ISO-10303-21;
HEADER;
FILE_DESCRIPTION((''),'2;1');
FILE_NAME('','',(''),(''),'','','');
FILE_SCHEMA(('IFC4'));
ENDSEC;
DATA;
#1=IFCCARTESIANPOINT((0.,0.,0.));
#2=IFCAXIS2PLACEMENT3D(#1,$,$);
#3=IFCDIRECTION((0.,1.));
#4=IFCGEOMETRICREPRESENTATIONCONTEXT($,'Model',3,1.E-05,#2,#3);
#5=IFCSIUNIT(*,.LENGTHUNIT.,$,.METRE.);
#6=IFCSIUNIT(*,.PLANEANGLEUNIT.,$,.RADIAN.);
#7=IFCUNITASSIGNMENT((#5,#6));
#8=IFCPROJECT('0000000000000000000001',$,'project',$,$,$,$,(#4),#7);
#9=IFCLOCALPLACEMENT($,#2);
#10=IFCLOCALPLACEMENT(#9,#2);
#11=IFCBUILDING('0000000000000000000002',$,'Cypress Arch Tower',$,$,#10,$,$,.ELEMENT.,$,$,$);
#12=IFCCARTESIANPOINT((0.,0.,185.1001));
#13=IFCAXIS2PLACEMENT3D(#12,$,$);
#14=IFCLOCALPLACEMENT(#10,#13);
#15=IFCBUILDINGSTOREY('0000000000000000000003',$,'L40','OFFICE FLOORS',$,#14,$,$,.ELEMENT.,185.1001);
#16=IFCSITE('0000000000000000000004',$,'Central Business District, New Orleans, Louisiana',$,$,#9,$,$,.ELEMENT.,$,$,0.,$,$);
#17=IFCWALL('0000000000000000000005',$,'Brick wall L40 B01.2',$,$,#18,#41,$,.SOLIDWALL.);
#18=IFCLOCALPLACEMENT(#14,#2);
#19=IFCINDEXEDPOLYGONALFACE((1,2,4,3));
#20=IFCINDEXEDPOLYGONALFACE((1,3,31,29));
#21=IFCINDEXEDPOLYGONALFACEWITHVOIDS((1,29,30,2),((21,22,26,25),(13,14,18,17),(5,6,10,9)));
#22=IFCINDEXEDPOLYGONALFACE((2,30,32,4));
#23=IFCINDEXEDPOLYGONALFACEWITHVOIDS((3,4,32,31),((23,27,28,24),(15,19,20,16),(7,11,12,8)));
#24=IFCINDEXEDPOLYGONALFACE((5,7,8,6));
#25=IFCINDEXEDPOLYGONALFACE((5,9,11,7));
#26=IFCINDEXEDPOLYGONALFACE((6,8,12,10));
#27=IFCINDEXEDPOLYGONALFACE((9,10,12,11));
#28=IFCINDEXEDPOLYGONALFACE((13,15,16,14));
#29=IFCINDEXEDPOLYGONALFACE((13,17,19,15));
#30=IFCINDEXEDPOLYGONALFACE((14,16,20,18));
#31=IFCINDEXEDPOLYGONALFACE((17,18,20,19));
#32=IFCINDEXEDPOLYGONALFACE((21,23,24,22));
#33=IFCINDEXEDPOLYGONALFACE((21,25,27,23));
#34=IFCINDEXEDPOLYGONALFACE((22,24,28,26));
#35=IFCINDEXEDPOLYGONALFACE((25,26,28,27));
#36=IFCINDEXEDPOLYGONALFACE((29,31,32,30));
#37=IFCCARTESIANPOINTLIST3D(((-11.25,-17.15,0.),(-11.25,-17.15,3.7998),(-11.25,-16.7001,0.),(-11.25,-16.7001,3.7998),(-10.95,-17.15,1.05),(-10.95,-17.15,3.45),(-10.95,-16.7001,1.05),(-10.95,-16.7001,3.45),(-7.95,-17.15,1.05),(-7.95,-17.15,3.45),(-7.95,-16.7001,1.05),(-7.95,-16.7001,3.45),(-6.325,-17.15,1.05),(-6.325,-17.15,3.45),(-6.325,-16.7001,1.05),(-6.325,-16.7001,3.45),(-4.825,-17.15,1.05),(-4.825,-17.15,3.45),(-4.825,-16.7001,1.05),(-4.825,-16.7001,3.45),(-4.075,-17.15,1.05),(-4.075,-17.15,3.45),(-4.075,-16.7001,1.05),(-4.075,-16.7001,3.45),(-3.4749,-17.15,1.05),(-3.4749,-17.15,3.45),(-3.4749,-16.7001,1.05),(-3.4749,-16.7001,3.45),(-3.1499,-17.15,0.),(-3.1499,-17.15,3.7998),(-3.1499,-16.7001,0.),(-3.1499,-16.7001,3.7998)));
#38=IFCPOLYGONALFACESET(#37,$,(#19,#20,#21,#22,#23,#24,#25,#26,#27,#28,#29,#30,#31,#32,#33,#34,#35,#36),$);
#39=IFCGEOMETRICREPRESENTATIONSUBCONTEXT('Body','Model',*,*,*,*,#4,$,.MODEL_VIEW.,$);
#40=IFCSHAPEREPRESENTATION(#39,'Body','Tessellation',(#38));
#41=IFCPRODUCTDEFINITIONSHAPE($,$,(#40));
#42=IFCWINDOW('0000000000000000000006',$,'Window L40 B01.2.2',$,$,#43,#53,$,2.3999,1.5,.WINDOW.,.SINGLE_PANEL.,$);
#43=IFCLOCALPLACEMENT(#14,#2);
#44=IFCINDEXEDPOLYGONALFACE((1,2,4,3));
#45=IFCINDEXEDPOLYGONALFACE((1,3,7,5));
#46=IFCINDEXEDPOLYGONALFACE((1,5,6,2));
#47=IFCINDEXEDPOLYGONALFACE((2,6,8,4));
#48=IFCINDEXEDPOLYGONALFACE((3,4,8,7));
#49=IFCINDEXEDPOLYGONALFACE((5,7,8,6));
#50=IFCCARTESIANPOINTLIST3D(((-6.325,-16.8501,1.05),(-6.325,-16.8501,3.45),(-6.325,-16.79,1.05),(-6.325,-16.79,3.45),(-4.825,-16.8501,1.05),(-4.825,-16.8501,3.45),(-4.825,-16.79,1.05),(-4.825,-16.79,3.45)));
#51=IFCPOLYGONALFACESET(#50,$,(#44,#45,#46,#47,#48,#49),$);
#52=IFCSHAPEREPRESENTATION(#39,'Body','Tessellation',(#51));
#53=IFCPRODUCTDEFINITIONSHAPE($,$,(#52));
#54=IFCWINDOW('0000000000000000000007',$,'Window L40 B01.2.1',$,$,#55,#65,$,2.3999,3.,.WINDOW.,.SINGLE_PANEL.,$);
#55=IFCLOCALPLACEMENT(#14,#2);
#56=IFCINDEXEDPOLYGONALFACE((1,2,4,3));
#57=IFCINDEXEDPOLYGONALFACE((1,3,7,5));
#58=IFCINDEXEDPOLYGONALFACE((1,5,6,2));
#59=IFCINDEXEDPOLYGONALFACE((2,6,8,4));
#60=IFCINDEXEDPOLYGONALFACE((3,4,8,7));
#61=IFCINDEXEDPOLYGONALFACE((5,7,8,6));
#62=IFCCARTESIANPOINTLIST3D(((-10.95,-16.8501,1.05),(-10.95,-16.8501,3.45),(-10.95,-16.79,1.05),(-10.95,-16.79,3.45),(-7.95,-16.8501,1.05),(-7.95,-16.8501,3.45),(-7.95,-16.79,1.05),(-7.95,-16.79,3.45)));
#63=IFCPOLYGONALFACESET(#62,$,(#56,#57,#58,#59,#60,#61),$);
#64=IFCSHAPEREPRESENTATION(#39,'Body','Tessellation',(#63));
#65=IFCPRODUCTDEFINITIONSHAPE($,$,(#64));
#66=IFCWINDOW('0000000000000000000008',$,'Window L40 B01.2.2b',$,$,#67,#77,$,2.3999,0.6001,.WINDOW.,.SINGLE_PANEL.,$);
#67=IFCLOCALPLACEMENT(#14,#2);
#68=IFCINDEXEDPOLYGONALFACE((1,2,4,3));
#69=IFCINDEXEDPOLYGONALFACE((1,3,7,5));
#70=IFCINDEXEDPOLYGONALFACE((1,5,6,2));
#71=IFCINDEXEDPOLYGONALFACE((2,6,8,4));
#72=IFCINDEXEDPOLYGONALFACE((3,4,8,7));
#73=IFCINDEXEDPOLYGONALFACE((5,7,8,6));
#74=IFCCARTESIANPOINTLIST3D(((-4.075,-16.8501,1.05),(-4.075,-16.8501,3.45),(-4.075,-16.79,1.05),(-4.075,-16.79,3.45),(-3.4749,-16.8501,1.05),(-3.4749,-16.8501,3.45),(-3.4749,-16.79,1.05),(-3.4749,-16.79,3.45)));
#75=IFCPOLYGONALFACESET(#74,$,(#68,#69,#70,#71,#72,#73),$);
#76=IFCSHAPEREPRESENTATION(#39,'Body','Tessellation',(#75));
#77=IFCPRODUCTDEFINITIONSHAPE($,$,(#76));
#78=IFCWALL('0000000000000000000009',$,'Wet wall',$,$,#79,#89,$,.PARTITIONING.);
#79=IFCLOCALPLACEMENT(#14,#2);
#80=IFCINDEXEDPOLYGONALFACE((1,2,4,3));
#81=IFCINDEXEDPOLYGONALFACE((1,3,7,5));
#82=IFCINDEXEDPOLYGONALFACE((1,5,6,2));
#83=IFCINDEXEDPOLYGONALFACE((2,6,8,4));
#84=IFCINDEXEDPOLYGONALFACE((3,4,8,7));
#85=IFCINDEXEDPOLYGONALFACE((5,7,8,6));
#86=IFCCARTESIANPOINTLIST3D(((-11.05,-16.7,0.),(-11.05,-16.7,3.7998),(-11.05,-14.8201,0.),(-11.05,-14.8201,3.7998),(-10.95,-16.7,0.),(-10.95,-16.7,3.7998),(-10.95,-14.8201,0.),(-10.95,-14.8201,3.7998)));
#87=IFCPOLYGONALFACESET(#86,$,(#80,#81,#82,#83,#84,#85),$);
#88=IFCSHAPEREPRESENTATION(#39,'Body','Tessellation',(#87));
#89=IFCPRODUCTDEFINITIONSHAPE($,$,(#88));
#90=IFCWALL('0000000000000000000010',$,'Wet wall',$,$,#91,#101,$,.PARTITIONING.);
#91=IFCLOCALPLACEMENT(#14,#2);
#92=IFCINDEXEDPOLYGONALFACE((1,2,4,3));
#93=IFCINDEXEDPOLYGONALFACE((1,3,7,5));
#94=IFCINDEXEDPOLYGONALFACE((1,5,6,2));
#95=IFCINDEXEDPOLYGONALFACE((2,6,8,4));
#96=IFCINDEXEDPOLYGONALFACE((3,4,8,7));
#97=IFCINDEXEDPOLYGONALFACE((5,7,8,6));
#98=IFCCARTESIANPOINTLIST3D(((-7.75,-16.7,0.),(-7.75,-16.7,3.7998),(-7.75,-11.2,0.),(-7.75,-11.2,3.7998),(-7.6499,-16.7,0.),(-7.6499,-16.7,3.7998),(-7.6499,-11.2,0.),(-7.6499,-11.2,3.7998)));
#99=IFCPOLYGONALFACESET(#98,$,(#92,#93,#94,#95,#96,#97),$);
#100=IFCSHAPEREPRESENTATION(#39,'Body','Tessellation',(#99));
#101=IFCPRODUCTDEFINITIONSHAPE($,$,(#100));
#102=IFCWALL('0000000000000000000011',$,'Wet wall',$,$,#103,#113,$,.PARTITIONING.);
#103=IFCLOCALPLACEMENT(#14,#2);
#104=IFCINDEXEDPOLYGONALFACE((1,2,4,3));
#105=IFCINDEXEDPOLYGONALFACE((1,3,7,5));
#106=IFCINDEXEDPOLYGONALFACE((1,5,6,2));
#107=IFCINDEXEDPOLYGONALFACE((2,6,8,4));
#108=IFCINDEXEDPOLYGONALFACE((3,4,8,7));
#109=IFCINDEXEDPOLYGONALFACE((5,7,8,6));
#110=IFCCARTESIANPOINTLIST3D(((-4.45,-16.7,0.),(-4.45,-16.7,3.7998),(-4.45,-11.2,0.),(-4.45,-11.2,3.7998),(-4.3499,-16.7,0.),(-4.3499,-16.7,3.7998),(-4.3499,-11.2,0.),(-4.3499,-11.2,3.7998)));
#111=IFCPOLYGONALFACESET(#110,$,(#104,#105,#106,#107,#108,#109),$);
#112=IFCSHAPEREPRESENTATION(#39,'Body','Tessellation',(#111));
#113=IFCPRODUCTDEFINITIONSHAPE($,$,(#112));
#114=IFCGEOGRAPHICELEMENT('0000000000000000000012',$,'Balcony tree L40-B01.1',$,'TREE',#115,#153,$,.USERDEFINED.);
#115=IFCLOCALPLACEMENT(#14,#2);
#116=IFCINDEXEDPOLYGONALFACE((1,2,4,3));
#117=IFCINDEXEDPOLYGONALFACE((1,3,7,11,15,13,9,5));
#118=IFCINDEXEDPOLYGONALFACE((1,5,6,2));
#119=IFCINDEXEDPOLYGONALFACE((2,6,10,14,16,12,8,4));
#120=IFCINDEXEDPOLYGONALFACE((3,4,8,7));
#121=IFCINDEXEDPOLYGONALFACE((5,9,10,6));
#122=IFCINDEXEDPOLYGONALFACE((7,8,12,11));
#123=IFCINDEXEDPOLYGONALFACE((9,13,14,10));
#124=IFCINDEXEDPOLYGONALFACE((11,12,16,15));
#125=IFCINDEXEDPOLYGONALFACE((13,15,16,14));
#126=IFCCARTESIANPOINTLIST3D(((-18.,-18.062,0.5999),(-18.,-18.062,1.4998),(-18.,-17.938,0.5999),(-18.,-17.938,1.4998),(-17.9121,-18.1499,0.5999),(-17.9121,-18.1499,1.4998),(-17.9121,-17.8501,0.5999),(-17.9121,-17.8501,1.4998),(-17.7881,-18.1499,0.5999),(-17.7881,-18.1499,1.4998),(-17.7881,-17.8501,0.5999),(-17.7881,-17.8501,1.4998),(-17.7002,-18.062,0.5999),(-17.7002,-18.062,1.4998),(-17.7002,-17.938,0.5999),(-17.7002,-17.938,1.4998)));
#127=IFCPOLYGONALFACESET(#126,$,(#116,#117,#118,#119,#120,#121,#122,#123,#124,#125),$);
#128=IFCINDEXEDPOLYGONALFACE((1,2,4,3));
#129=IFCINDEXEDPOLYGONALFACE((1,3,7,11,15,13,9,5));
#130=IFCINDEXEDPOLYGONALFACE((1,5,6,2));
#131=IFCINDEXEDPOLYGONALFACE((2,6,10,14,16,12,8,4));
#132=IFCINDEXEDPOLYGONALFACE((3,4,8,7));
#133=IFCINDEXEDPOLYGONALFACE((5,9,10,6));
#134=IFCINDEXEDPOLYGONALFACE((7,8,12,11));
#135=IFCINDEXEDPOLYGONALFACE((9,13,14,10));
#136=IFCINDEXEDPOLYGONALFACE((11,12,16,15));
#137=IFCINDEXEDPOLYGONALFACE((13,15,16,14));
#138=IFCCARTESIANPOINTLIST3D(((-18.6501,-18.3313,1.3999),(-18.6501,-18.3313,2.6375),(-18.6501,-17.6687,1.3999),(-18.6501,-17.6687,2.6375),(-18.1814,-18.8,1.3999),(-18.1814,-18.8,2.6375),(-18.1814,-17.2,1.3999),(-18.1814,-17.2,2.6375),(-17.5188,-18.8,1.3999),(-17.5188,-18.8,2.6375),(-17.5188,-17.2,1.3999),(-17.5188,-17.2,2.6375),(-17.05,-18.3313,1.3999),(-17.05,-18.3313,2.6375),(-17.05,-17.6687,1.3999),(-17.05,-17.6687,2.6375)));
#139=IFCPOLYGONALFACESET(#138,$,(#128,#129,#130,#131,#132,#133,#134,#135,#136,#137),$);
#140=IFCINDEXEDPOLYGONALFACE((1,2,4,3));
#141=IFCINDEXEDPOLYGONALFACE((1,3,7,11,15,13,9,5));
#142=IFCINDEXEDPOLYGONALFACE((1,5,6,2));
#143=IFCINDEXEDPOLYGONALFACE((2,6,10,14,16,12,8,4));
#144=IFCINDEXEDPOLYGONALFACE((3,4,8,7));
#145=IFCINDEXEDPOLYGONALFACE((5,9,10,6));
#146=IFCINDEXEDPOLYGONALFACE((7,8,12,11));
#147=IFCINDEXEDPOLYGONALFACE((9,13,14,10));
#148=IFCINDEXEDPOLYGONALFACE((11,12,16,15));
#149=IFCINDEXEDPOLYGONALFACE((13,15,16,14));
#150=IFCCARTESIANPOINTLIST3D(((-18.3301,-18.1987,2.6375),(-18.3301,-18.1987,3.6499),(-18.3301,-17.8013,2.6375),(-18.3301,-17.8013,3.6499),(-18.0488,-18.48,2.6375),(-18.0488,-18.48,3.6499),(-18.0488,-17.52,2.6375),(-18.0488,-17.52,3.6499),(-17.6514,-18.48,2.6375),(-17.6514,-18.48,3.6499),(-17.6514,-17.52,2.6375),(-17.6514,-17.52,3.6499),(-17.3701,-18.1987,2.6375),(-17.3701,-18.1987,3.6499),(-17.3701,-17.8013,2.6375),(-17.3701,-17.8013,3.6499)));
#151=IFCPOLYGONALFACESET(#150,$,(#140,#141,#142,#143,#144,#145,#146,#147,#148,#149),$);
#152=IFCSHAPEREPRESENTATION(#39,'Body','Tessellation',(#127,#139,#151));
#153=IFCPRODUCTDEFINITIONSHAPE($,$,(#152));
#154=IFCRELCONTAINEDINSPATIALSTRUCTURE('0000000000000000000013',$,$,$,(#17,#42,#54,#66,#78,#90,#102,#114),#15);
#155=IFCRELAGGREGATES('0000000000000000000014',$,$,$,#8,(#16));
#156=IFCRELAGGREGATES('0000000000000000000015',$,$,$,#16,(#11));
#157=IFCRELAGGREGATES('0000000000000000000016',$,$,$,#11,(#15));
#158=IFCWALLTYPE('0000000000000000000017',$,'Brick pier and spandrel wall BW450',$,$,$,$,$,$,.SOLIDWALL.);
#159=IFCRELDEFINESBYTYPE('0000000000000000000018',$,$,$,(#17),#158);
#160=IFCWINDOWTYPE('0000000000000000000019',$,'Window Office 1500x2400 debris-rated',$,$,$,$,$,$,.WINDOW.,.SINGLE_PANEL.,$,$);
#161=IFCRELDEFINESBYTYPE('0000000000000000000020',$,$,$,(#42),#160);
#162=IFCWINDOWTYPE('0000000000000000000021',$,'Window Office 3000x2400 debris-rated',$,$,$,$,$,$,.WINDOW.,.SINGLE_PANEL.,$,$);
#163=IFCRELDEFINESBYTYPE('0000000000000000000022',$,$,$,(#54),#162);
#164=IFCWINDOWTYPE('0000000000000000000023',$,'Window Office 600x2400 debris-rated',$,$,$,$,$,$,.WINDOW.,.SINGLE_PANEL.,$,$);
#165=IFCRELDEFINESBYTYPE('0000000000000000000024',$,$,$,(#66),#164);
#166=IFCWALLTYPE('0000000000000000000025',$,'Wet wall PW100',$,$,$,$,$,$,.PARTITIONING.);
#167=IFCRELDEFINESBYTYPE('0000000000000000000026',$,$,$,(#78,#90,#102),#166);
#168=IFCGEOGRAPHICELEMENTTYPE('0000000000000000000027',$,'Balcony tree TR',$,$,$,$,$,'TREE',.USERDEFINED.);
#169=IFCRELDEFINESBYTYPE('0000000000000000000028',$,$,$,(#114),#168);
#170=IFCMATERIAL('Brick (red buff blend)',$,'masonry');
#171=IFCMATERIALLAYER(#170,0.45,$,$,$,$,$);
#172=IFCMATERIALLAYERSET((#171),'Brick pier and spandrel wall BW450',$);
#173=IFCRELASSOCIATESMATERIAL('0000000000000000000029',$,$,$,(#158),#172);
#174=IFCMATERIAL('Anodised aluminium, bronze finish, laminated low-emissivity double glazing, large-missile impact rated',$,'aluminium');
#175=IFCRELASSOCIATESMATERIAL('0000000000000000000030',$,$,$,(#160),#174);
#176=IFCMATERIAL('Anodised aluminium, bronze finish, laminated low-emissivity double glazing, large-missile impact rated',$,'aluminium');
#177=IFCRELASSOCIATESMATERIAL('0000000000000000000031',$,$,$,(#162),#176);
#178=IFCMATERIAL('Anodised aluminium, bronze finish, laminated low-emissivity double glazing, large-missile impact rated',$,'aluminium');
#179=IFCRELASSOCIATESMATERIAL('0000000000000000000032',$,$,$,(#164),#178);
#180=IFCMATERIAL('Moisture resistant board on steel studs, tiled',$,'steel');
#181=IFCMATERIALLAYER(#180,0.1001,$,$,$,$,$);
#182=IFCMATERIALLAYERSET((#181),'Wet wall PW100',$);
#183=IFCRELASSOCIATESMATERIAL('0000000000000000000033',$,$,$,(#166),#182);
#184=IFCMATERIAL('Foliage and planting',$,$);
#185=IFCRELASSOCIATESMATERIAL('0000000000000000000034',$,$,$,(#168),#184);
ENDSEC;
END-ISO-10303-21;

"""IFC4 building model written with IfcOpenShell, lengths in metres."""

from ifc_helpers import new_model, si_unit, direction, frame, frame_2d, origin, place, context, subcontext, project, spatial, polyline, rectangle, outline, extrude, material, layer, layer_set, type_object, element, fill, save


model = new_model("IFC4")

# Units and contexts
model_context = context("Model", 3, precision=1e-05, world=origin(), true_north=direction((0.0, 1.0)))
body_context = subcontext(model_context, "Body", "Model", "MODEL_VIEW")
ifc_project = project(units=[si_unit("LENGTHUNIT", "METRE"), si_unit("PLANEANGLEUNIT", "RADIAN")], contexts=[model_context])

# Site, building, storey
site_placement = place(None, origin())
site = spatial("IfcSite", under=ifc_project, at=site_placement, Name="Central Business District, New Orleans, Louisiana", CompositionType="ELEMENT", RefElevation=0.0)
building_placement = place(site_placement, origin())
building = spatial("IfcBuilding", under=site, at=building_placement, Name="Cypress Arch Tower", CompositionType="ELEMENT")
storey_placement = place(building_placement, frame((0.0, 0.0, 185.1001)))
storey = spatial("IfcBuildingStorey", under=building, at=storey_placement, Name="L40", Description="OFFICE FLOORS", CompositionType="ELEMENT", Elevation=185.1001)

# Wall, openings, windows
ifc_material_1 = material(Name="Brick (red buff blend)", Category="masonry")
ifc_layer_1 = layer(ifc_material_1, 0.45)
ifc_layer_set_1 = layer_set([ifc_layer_1], Name="Brick pier and spandrel wall BW450")
wall_type_1 = type_object("IfcWallType", Name="Brick pier and spandrel wall BW450", PredefinedType="SOLIDWALL", material=ifc_layer_set_1)
wall_1_placement = place(storey_placement, frame((-11.25, -16.925, 0.0), z_axis=(0.0, 0.0, 1.0), x_axis=(1.0, 0.0, 0.0)))
wall_1 = element("IfcWall", 1, at=wall_1_placement, inside=storey, type_object=wall_type_1, Name="Brick wall L40 B01.2", PredefinedType="SOLIDWALL", context=body_context, shape_type="SweptSolid", body=[
    extrude(rectangle(XDim=8.1001, YDim=0.45, at=frame_2d((4.05, 0.0))), origin(), (0.0, 0.0, 1.0), 3.7998),
])
opening_1_placement = place(wall_1_placement, frame((0.3, 0.0, 1.05)))
opening_1 = element("IfcOpeningElement", 2, at=opening_1_placement, cuts=wall_1, PredefinedType="OPENING", context=body_context, shape_type="SweptSolid", body=[
    extrude(rectangle(XDim=3.0, YDim=2.3999, at=frame_2d((1.5, 1.2))), frame((0.0, 0.2349, 0.0), z_axis=(0.0, -1.0, 0.0), x_axis=(1.0, 0.0, 0.0)), (0.0, 0.0, 1.0), 0.47),
])
opening_2_placement = place(wall_1_placement, frame((4.925, 0.0, 1.05)))
opening_2 = element("IfcOpeningElement", 3, at=opening_2_placement, cuts=wall_1, PredefinedType="OPENING", context=body_context, shape_type="SweptSolid", body=[
    extrude(rectangle(XDim=1.5, YDim=2.3999, at=frame_2d((0.75, 1.2))), frame((0.0, 0.2349, 0.0), z_axis=(0.0, -1.0, 0.0), x_axis=(1.0, 0.0, 0.0)), (0.0, 0.0, 1.0), 0.47),
])
opening_3_placement = place(wall_1_placement, frame((7.175, 0.0, 1.05)))
opening_3 = element("IfcOpeningElement", 4, at=opening_3_placement, cuts=wall_1, PredefinedType="OPENING", context=body_context, shape_type="SweptSolid", body=[
    extrude(rectangle(XDim=0.6001, YDim=2.3999, at=frame_2d((0.3, 1.2))), frame((0.0, 0.2349, 0.0), z_axis=(0.0, -1.0, 0.0), x_axis=(1.0, 0.0, 0.0)), (0.0, 0.0, 1.0), 0.47),
])
ifc_material_2 = material(Name="Anodised aluminium, bronze finish, laminated low-emissivity double glazing, large-missile impact rated", Category="aluminium")
window_type_1 = type_object("IfcWindowType", Name="Window Office 1500x2400 debris-rated", PartitioningType="SINGLE_PANEL", PredefinedType="WINDOW", material=ifc_material_2)
window_1_placement = place(opening_2_placement, origin())
window_1 = element("IfcWindow", 5, at=window_1_placement, inside=storey, type_object=window_type_1, Name="Window L40 B01.2.2", OverallHeight=2.3999, OverallWidth=1.5, PartitioningType="SINGLE_PANEL", PredefinedType="WINDOW", context=body_context, shape_type="SweptSolid", body=[
    extrude(rectangle(XDim=1.5, YDim=2.3999, at=frame_2d((0.75, 1.2))), frame((0.0, 0.135, 0.0), z_axis=(0.0, -1.0, 0.0), x_axis=(1.0, 0.0, 0.0)), (0.0, 0.0, 1.0), 0.0601),
])
fill(opening_2, window_1)
ifc_material_3 = material(Name="Anodised aluminium, bronze finish, laminated low-emissivity double glazing, large-missile impact rated", Category="aluminium")
window_type_2 = type_object("IfcWindowType", Name="Window Office 3000x2400 debris-rated", PartitioningType="SINGLE_PANEL", PredefinedType="WINDOW", material=ifc_material_3)
window_2_placement = place(opening_1_placement, origin())
window_2 = element("IfcWindow", 6, at=window_2_placement, inside=storey, type_object=window_type_2, Name="Window L40 B01.2.1", OverallHeight=2.3999, OverallWidth=3.0, PartitioningType="SINGLE_PANEL", PredefinedType="WINDOW", context=body_context, shape_type="SweptSolid", body=[
    extrude(rectangle(XDim=3.0, YDim=2.3999, at=frame_2d((1.5, 1.2))), frame((0.0, 0.135, 0.0), z_axis=(0.0, -1.0, 0.0), x_axis=(1.0, 0.0, 0.0)), (0.0, 0.0, 1.0), 0.0601),
])
fill(opening_1, window_2)
ifc_material_4 = material(Name="Anodised aluminium, bronze finish, laminated low-emissivity double glazing, large-missile impact rated", Category="aluminium")
window_type_3 = type_object("IfcWindowType", Name="Window Office 600x2400 debris-rated", PartitioningType="SINGLE_PANEL", PredefinedType="WINDOW", material=ifc_material_4)
window_3_placement = place(opening_3_placement, origin())
window_3 = element("IfcWindow", 7, at=window_3_placement, inside=storey, type_object=window_type_3, Name="Window L40 B01.2.2b", OverallHeight=2.3999, OverallWidth=0.6001, PartitioningType="SINGLE_PANEL", PredefinedType="WINDOW", context=body_context, shape_type="SweptSolid", body=[
    extrude(rectangle(XDim=0.6001, YDim=2.3999, at=frame_2d((0.3, 1.2))), frame((0.0, 0.135, 0.0), z_axis=(0.0, -1.0, 0.0), x_axis=(1.0, 0.0, 0.0)), (0.0, 0.0, 1.0), 0.0601),
])
fill(opening_3, window_3)

# Walls
ifc_material_5 = material(Name="Moisture resistant board on steel studs, tiled", Category="steel")
ifc_layer_2 = layer(ifc_material_5, 0.1001)
ifc_layer_set_2 = layer_set([ifc_layer_2], Name="Wet wall PW100")
wall_type_2 = type_object("IfcWallType", Name="Wet wall PW100", PredefinedType="PARTITIONING", material=ifc_layer_set_2)
wall_2_placement = place(storey_placement, frame((-11.0, -16.7, 0.0), z_axis=(0.0, 0.0, 1.0), x_axis=(0.0, 1.0, 0.0)))
element("IfcWall", 8, at=wall_2_placement, inside=storey, type_object=wall_type_2, Name="Wet wall", PredefinedType="PARTITIONING", context=body_context, shape_type="SweptSolid", body=[
    extrude(rectangle(XDim=1.8799, YDim=0.1001, at=frame_2d((0.9399, 0.0))), origin(), (0.0, 0.0, 1.0), 3.7998),
])
for number, where, z_axis, x_axis, name in (
    (9, (-7.7, -16.7, 0.0), (0.0, 0.0, 1.0), (0.0, 1.0, 0.0), "Wet wall"),
    (10, (-4.3999, -16.7, 0.0), (0.0, 0.0, 1.0), (0.0, 1.0, 0.0), "Wet wall"),
):
    element("IfcWall", number, at=place(storey_placement, frame(where, z_axis=z_axis, x_axis=x_axis)), inside=storey, type_object=wall_type_2, Name=name, PredefinedType="PARTITIONING", context=body_context, shape_type="SweptSolid", body=[
        extrude(rectangle(XDim=5.5, YDim=0.1001, at=frame_2d((2.75, 0.0))), origin(), (0.0, 0.0, 1.0), 3.7998),
    ])

# Geographic element
ifc_material_6 = material(Name="Foliage and planting")
geographic_element_type = type_object("IfcGeographicElementType", Name="Balcony tree TR", ElementType="TREE", PredefinedType="USERDEFINED", material=ifc_material_6)
for number, where, z_axis, x_axis, name in (
    (11, (-17.8501, -18.0, 0.5999), (0.0, 0.0, 1.0), (1.0, 0.0, 0.0), "Balcony tree L40-B01.1"),
):
    element("IfcGeographicElement", number, at=place(storey_placement, frame(where, z_axis=z_axis, x_axis=x_axis)), inside=storey, type_object=geographic_element_type, Name=name, ObjectType="TREE", PredefinedType="USERDEFINED", context=body_context, shape_type="SweptSolid", body=[
        extrude(outline(polyline([(0.1499, 0.062), (0.062, 0.1499), (-0.062, 0.1499), (-0.1499, 0.062), (-0.1499, -0.062), (-0.062, -0.1499), (0.062, -0.1499), (0.1499, -0.062), (0.1499, 0.062)])), origin(), (0.0, 0.0, 1.0), 0.8999),
        extrude(outline(polyline([(0.8, 0.3313), (0.3313, 0.8), (-0.3313, 0.8), (-0.8, 0.3313), (-0.8, -0.3313), (-0.3313, -0.8), (0.3313, -0.8), (0.8, -0.3313), (0.8, 0.3313)])), frame((0.0, 0.0, 0.8)), (0.0, 0.0, 1.0), 1.2375),
        extrude(outline(polyline([(0.48, 0.1987), (0.1987, 0.48), (-0.1987, 0.48), (-0.48, 0.1987), (-0.48, -0.1987), (-0.1987, -0.48), (0.1987, -0.48), (0.48, -0.1987), (0.48, 0.1987)])), frame((0.0, 0.0, 2.0376)), (0.0, 0.0, 1.0), 1.0125),
    ])

save(model, "model.ifc")
